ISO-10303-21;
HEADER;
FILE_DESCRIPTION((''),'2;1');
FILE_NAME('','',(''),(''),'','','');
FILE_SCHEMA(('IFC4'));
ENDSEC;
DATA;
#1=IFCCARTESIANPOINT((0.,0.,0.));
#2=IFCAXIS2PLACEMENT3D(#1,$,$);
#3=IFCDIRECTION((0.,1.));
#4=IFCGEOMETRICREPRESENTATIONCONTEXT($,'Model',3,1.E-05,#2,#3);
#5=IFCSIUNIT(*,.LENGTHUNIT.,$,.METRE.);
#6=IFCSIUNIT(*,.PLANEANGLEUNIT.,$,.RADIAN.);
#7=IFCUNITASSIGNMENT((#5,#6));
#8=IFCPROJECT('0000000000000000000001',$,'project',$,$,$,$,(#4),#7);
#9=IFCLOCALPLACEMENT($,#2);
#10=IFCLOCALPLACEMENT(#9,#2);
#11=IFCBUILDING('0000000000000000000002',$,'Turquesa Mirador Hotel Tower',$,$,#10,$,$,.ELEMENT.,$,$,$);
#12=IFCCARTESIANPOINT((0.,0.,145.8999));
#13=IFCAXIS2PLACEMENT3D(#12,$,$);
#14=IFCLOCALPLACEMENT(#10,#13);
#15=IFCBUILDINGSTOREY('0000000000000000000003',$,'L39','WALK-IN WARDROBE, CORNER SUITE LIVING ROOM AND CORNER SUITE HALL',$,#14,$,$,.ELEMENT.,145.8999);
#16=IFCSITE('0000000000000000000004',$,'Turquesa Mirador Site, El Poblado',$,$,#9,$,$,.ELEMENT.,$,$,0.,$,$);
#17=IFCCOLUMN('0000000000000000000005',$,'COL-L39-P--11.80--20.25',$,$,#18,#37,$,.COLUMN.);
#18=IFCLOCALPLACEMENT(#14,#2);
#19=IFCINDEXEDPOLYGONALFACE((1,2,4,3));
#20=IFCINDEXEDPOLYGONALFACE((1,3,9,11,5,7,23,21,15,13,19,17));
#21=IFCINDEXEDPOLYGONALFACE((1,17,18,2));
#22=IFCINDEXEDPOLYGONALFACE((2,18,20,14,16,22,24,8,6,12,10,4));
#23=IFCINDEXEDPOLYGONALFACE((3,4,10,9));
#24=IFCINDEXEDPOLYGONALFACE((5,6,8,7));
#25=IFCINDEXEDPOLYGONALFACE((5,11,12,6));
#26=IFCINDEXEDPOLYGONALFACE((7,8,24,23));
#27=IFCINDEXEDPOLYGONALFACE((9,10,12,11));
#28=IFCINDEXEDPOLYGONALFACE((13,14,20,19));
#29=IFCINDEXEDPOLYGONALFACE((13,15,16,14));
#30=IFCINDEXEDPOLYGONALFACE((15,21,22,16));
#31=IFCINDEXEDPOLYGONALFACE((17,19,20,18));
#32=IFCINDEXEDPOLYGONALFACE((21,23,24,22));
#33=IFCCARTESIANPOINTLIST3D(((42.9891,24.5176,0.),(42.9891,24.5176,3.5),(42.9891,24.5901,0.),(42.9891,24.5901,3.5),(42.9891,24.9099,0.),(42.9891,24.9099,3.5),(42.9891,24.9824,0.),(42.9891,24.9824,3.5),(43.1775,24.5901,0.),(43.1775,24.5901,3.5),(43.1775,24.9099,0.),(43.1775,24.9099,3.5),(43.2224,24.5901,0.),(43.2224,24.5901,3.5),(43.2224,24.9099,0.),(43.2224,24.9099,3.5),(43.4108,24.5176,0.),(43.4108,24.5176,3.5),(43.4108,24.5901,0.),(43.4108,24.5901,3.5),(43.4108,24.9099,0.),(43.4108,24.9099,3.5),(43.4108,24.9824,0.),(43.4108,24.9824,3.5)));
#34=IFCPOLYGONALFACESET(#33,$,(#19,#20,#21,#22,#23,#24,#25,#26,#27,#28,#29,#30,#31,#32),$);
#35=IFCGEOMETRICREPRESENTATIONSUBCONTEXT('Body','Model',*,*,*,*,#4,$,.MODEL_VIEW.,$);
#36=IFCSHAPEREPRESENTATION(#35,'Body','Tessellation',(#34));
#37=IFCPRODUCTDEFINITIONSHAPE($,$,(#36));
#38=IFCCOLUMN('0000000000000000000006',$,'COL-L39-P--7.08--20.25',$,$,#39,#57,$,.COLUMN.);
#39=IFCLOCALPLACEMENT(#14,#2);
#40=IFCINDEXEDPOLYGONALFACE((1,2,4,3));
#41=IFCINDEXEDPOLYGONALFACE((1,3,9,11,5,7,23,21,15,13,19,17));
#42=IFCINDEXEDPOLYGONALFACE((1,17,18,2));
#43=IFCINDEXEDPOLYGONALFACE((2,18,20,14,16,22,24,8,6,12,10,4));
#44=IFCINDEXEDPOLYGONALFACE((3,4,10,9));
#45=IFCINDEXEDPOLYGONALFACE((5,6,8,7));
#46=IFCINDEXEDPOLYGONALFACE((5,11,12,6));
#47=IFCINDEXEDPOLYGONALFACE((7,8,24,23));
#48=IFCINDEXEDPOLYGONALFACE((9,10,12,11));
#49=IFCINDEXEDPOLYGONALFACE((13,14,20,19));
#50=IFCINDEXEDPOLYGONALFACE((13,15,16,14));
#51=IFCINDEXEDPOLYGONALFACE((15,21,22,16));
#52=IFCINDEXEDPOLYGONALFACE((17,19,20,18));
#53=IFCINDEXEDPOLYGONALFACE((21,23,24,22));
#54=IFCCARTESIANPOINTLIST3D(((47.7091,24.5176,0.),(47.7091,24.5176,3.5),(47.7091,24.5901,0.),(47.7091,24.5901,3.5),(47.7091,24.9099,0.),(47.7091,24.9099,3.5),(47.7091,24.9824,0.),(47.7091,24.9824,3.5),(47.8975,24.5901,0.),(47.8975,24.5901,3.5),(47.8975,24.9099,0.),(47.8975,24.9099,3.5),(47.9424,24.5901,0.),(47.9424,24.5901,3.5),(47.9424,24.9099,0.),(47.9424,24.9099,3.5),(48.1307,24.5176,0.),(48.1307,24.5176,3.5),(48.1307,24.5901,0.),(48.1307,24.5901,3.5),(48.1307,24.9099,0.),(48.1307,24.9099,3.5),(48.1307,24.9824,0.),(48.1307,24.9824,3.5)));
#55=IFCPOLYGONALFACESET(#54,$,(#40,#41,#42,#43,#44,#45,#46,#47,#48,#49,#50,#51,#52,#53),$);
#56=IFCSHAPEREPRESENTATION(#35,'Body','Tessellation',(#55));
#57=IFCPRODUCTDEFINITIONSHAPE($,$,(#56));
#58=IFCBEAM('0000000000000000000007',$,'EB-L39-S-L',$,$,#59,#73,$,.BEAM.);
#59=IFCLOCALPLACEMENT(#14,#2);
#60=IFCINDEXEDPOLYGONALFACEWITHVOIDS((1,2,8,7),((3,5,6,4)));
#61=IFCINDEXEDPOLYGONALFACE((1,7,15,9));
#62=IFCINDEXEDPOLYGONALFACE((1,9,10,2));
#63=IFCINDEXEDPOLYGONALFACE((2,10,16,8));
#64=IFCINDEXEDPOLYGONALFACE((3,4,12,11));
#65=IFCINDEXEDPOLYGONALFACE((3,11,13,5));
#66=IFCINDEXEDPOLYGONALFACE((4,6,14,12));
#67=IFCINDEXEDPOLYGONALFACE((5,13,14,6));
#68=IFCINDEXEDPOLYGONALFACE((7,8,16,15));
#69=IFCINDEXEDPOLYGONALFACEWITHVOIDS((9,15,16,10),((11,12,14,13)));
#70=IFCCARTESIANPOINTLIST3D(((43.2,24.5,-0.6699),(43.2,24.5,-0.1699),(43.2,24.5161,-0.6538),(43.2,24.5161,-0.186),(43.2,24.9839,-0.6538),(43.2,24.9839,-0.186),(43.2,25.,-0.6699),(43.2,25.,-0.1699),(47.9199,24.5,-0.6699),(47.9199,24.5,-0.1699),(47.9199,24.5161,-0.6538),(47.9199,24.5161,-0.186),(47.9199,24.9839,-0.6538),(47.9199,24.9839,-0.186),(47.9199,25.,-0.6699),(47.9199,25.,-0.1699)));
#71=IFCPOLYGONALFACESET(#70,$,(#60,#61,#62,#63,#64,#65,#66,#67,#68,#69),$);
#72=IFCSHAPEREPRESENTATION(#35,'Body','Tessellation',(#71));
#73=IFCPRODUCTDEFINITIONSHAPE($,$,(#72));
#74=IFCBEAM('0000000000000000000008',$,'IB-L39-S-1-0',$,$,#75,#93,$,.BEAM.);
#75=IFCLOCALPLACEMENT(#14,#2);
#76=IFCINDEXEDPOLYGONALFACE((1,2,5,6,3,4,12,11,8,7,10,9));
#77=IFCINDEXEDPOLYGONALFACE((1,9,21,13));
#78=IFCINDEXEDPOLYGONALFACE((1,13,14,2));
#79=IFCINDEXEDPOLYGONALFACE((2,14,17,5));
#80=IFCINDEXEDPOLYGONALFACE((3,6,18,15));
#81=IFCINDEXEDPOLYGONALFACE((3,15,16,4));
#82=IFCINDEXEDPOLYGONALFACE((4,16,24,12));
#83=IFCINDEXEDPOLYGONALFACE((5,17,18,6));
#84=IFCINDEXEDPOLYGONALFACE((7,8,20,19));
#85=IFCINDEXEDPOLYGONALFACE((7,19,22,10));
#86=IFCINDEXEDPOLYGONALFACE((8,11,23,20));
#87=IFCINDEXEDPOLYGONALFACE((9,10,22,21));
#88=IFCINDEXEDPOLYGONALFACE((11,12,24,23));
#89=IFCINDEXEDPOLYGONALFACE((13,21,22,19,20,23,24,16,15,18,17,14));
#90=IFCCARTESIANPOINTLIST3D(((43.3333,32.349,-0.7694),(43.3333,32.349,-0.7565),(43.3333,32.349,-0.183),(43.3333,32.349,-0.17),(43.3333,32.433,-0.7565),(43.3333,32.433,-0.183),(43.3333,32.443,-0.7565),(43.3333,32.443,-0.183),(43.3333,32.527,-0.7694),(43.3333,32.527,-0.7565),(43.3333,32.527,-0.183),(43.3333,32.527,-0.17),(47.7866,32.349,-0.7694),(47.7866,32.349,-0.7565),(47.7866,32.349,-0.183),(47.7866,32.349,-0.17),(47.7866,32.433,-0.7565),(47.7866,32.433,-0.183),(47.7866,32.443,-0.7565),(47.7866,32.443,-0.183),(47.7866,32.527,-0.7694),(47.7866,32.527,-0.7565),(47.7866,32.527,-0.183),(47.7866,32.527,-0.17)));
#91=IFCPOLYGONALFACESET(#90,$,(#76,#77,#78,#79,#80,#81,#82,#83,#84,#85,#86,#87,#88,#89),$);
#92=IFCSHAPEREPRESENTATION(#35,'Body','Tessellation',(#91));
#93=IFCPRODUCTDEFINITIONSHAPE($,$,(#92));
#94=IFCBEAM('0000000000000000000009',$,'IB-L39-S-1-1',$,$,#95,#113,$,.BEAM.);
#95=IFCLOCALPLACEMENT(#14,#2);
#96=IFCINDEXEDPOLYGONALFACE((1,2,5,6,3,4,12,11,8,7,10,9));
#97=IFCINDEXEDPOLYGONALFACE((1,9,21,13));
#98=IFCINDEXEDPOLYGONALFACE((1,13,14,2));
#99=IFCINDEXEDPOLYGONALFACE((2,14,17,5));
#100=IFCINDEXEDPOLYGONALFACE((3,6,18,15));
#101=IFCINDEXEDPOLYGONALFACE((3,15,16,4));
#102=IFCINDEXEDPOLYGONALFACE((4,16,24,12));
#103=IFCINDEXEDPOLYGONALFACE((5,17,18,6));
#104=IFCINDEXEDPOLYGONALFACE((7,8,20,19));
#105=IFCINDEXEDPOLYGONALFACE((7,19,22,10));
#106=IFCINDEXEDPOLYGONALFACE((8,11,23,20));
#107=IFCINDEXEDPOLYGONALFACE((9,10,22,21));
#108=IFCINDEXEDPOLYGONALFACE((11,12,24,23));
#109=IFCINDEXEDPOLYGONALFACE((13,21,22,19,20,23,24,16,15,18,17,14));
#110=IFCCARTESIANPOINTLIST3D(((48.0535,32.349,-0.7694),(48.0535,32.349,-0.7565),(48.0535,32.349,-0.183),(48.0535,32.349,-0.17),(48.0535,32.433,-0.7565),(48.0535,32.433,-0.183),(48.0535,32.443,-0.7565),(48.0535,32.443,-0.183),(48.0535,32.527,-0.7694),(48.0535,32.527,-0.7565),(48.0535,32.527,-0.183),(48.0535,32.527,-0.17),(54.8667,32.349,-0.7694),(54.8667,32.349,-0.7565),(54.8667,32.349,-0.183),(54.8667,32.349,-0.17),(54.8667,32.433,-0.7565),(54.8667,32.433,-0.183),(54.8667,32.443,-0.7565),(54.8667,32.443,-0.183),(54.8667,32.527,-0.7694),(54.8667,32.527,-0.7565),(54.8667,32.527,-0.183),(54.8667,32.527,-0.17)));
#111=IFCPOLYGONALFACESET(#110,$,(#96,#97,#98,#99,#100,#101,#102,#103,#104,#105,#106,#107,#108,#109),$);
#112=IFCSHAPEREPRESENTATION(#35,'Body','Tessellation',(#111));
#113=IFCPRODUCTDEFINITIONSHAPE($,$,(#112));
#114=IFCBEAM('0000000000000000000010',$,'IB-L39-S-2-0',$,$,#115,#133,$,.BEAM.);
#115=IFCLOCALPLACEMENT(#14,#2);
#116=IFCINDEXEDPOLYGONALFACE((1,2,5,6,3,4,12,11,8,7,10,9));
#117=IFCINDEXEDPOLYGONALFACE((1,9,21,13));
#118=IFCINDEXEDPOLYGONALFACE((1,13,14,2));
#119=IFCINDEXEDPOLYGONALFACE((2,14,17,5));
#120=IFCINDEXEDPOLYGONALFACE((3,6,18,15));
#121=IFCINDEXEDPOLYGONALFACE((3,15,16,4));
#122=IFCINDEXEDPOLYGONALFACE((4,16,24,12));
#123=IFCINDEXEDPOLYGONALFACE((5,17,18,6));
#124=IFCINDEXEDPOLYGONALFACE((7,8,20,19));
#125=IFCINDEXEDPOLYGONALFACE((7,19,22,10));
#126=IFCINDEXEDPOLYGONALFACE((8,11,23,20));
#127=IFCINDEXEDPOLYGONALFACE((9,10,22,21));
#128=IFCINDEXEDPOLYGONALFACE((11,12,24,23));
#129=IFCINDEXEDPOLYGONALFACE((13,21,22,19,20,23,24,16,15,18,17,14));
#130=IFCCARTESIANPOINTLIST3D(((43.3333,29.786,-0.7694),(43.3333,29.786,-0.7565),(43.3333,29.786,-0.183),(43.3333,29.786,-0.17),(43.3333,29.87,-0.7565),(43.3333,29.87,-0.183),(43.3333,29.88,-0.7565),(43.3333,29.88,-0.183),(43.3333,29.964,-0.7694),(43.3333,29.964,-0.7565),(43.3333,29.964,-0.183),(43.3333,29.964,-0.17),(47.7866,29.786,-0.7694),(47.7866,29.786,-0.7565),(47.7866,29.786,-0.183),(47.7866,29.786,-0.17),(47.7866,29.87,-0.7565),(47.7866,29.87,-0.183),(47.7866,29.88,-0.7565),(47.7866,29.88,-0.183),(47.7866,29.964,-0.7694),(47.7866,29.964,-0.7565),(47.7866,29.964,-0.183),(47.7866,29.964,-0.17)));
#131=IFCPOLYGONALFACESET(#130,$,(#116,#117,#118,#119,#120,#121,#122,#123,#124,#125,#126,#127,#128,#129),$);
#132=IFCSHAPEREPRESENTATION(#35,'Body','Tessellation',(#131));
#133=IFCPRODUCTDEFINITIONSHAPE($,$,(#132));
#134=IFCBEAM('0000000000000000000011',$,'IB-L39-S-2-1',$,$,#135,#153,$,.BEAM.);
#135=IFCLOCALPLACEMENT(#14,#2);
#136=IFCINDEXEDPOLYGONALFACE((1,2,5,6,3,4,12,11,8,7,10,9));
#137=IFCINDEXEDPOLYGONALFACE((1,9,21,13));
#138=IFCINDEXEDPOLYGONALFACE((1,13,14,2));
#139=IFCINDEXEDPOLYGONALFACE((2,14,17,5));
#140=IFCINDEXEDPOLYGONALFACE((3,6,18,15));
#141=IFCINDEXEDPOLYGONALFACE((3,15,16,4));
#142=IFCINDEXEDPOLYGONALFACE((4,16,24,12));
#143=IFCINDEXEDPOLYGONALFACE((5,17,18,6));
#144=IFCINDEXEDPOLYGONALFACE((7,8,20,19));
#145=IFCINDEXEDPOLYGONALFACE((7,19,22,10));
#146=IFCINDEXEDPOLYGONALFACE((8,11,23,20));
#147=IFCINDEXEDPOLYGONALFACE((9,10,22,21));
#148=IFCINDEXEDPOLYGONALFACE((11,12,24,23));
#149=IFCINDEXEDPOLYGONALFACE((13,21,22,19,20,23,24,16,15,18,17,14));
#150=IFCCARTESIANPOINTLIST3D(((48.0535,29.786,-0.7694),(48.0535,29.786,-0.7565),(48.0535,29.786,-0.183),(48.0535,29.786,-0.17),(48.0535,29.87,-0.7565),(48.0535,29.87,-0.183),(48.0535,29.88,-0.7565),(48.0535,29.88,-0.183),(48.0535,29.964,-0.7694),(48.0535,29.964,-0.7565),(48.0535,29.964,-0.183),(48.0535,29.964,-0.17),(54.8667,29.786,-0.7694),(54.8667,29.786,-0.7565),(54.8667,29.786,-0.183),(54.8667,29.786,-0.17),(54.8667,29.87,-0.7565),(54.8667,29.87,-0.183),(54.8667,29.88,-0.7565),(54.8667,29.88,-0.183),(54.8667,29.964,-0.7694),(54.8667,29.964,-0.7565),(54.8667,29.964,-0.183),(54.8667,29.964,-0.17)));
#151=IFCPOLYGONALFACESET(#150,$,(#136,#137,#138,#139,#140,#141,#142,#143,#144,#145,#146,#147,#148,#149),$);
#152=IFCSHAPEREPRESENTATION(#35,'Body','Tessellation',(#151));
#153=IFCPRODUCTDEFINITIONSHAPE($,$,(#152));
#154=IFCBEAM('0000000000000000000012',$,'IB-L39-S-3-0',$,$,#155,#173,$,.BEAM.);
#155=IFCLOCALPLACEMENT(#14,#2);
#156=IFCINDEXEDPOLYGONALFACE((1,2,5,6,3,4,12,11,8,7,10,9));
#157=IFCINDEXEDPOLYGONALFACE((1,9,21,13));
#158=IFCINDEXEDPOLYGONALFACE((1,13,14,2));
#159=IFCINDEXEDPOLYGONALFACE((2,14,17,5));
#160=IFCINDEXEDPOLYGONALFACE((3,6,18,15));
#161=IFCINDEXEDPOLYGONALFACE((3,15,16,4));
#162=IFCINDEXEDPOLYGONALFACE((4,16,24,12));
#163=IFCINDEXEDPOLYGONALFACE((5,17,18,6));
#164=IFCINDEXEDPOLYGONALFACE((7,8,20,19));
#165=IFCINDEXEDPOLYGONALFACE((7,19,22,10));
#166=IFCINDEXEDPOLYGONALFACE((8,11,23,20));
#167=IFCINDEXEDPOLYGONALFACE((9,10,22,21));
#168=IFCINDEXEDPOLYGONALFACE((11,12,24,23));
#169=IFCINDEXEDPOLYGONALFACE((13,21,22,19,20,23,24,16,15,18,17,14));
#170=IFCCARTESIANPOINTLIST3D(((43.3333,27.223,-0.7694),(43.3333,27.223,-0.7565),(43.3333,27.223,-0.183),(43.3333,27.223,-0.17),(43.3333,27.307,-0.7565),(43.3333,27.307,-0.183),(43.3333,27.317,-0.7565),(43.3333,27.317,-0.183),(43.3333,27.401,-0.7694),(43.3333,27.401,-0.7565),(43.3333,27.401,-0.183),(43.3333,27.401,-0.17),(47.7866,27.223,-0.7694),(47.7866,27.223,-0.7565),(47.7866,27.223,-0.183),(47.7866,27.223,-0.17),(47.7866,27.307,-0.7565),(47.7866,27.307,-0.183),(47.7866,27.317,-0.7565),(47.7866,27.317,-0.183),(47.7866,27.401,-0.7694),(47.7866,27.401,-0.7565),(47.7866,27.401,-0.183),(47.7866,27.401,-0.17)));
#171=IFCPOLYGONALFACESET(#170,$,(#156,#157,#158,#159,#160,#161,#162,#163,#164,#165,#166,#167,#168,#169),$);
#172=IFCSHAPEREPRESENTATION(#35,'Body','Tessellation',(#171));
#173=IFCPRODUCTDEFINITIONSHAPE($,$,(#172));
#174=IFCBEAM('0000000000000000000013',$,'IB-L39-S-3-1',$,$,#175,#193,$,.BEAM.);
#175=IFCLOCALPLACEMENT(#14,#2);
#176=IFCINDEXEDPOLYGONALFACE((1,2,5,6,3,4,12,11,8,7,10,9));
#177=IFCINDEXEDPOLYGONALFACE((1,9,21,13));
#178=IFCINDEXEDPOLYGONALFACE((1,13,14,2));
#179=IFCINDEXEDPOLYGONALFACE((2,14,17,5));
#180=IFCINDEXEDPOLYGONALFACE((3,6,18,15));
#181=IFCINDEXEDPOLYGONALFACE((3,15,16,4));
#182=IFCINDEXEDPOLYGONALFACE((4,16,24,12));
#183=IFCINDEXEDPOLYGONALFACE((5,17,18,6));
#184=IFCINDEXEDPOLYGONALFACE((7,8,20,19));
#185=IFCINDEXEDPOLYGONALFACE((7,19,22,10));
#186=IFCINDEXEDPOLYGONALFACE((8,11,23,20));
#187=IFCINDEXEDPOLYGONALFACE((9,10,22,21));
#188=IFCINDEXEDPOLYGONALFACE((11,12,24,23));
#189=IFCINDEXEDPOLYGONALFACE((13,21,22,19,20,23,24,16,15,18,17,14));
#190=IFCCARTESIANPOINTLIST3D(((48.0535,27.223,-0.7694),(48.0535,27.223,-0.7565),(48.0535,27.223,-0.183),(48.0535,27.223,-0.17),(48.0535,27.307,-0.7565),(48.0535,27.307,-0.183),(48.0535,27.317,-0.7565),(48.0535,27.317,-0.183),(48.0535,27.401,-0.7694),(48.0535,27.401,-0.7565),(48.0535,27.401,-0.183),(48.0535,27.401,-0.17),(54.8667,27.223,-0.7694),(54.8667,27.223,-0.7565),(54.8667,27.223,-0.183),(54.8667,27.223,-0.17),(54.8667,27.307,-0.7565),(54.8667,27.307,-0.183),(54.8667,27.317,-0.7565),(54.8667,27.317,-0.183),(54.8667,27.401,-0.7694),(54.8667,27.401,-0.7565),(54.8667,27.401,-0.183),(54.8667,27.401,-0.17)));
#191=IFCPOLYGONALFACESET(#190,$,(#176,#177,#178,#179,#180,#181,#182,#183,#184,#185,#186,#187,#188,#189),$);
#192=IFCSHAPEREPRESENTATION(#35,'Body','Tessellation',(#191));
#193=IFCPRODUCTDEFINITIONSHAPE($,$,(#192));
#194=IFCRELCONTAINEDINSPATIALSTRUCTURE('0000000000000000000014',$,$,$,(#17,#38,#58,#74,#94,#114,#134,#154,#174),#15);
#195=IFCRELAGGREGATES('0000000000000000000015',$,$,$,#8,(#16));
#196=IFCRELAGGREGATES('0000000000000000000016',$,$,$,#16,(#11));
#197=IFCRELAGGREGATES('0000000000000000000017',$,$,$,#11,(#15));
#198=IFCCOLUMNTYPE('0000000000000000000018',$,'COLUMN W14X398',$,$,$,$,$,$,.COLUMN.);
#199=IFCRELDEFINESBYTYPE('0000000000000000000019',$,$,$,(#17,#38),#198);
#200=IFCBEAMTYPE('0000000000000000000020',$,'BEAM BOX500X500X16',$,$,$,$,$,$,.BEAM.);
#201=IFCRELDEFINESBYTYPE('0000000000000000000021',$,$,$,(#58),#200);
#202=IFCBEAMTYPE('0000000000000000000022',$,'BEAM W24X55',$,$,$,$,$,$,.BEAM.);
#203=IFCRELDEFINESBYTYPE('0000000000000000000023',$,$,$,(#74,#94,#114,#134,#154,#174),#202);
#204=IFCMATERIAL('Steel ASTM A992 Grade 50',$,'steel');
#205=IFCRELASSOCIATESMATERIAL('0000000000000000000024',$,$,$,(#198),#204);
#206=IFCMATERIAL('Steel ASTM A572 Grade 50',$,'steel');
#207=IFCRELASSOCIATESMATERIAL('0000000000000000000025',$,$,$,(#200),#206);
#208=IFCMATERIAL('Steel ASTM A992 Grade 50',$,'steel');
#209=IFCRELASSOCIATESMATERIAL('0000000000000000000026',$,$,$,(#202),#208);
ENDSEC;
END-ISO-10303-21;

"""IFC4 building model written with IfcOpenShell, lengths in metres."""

from ifc_helpers import new_model, si_unit, direction, frame, origin, origin_2d, place, context, subcontext, project, spatial, hollow_rectangle, i_section, extrude, material, material_profile, profile_set, type_object, element, save


model = new_model("IFC4")

# Units and contexts
model_context = context("Model", 3, precision=1e-05, world=origin(), true_north=direction((0.0, 1.0)))
body_context = subcontext(model_context, "Body", "Model", "MODEL_VIEW")
ifc_project = project(units=[si_unit("LENGTHUNIT", "METRE"), si_unit("PLANEANGLEUNIT", "RADIAN")], contexts=[model_context])

# Site, building, storey
site_placement = place(None, origin())
site = spatial("IfcSite", under=ifc_project, at=site_placement, Name="Turquesa Mirador Site, El Poblado", CompositionType="ELEMENT", RefElevation=0.0)
building_placement = place(site_placement, origin())
building = spatial("IfcBuilding", under=site, at=building_placement, Name="Turquesa Mirador Hotel Tower", CompositionType="ELEMENT")
storey_placement = place(building_placement, frame((0.0, 0.0, 145.8999)))
storey = spatial("IfcBuildingStorey", under=building, at=storey_placement, Name="L39", Description="WALK-IN WARDROBE, CORNER SUITE LIVING ROOM AND CORNER SUITE HALL", CompositionType="ELEMENT", Elevation=145.8999)

# Columns
ifc_material_1 = material(Name="Steel ASTM A992 Grade 50", Category="steel")
ifc_material_profile_1 = material_profile(ifc_material_1, i_section(OverallWidth=0.4216, OverallDepth=0.4648, WebThickness=0.0449, FlangeThickness=0.0725, at=origin_2d()), Name="W14X398")
ifc_profile_set_1 = profile_set([ifc_material_profile_1], Name="Steel ASTM A992 Grade 50")
column_type = type_object("IfcColumnType", Name="COLUMN W14X398", PredefinedType="COLUMN", material=ifc_profile_set_1)
for number, where, z_axis, x_axis, name in (
    (1, (43.2, 24.75, 0.0), (0.0, 0.0, 1.0), (1.0, 0.0, 0.0), "COL-L39-P--11.80--20.25"),
    (2, (47.9199, 24.75, 0.0), (0.0, 0.0, 1.0), (1.0, 0.0, 0.0), "COL-L39-P--7.08--20.25"),
):
    element("IfcColumn", number, at=place(storey_placement, frame(where, z_axis=z_axis, x_axis=x_axis)), inside=storey, type_object=column_type, Name=name, PredefinedType="COLUMN", context=body_context, shape_type="SweptSolid", body=[
        extrude(i_section(OverallWidth=0.4216, OverallDepth=0.4648, WebThickness=0.0449, FlangeThickness=0.0725, at=origin_2d()), origin(), (0.0, 0.0, 1.0), 3.5),
    ])

# Beams
ifc_material_2 = material(Name="Steel ASTM A572 Grade 50", Category="steel")
ifc_material_profile_2 = material_profile(ifc_material_2, hollow_rectangle(XDim=0.5, YDim=0.5, WallThickness=0.0161, at=origin_2d()), Name="BOX500X500X16")
ifc_profile_set_2 = profile_set([ifc_material_profile_2], Name="Steel ASTM A572 Grade 50")
beam_type_1 = type_object("IfcBeamType", Name="BEAM BOX500X500X16", PredefinedType="BEAM", material=ifc_profile_set_2)
beam_1_placement = place(storey_placement, frame((43.2, 24.75, -0.4199), z_axis=(1.0, 0.0, 0.0), x_axis=(0.0, 1.0, 0.0)))
element("IfcBeam", 3, at=beam_1_placement, inside=storey, type_object=beam_type_1, Name="EB-L39-S-L", PredefinedType="BEAM", context=body_context, shape_type="SweptSolid", body=[
    extrude(hollow_rectangle(XDim=0.5, YDim=0.5, WallThickness=0.0161, at=origin_2d()), origin(), (0.0, 0.0, 1.0), 4.72),
])
ifc_material_3 = material(Name="Steel ASTM A992 Grade 50", Category="steel")
ifc_material_profile_3 = material_profile(ifc_material_3, i_section(OverallWidth=0.178, OverallDepth=0.5994, WebThickness=0.01, FlangeThickness=0.0129, at=origin_2d()), Name="W24X55")
ifc_profile_set_3 = profile_set([ifc_material_profile_3], Name="Steel ASTM A992 Grade 50")
beam_type_2 = type_object("IfcBeamType", Name="BEAM W24X55", PredefinedType="BEAM", material=ifc_profile_set_3)
beam_2_placement = place(storey_placement, frame((43.3333, 32.438, -0.4697), z_axis=(1.0, 0.0, 0.0), x_axis=(0.0, 1.0, 0.0)))
element("IfcBeam", 4, at=beam_2_placement, inside=storey, type_object=beam_type_2, Name="IB-L39-S-1-0", PredefinedType="BEAM", context=body_context, shape_type="SweptSolid", body=[
    extrude(i_section(OverallWidth=0.178, OverallDepth=0.5994, WebThickness=0.01, FlangeThickness=0.0129, at=origin_2d()), origin(), (0.0, 0.0, 1.0), 4.4534),
])
beam_3_placement = place(storey_placement, frame((48.0535, 32.438, -0.4697), z_axis=(1.0, 0.0, 0.0), x_axis=(0.0, 1.0, 0.0)))
element("IfcBeam", 5, at=beam_3_placement, inside=storey, type_object=beam_type_2, Name="IB-L39-S-1-1", PredefinedType="BEAM", context=body_context, shape_type="SweptSolid", body=[
    extrude(i_section(OverallWidth=0.178, OverallDepth=0.5994, WebThickness=0.01, FlangeThickness=0.0129, at=origin_2d()), origin(), (0.0, 0.0, 1.0), 6.8132),
])
beam_4_placement = place(storey_placement, frame((43.3333, 29.875, -0.4697), z_axis=(1.0, 0.0, 0.0), x_axis=(0.0, 1.0, 0.0)))
element("IfcBeam", 6, at=beam_4_placement, inside=storey, type_object=beam_type_2, Name="IB-L39-S-2-0", PredefinedType="BEAM", context=body_context, shape_type="SweptSolid", body=[
    extrude(i_section(OverallWidth=0.178, OverallDepth=0.5994, WebThickness=0.01, FlangeThickness=0.0129, at=origin_2d()), origin(), (0.0, 0.0, 1.0), 4.4534),
])
beam_5_placement = place(storey_placement, frame((48.0535, 29.875, -0.4697), z_axis=(1.0, 0.0, 0.0), x_axis=(0.0, 1.0, 0.0)))
element("IfcBeam", 7, at=beam_5_placement, inside=storey, type_object=beam_type_2, Name="IB-L39-S-2-1", PredefinedType="BEAM", context=body_context, shape_type="SweptSolid", body=[
    extrude(i_section(OverallWidth=0.178, OverallDepth=0.5994, WebThickness=0.01, FlangeThickness=0.0129, at=origin_2d()), origin(), (0.0, 0.0, 1.0), 6.8132),
])
beam_6_placement = place(storey_placement, frame((43.3333, 27.312, -0.4697), z_axis=(1.0, 0.0, 0.0), x_axis=(0.0, 1.0, 0.0)))
element("IfcBeam", 8, at=beam_6_placement, inside=storey, type_object=beam_type_2, Name="IB-L39-S-3-0", PredefinedType="BEAM", context=body_context, shape_type="SweptSolid", body=[
    extrude(i_section(OverallWidth=0.178, OverallDepth=0.5994, WebThickness=0.01, FlangeThickness=0.0129, at=origin_2d()), origin(), (0.0, 0.0, 1.0), 4.4534),
])
beam_7_placement = place(storey_placement, frame((48.0535, 27.312, -0.4697), z_axis=(1.0, 0.0, 0.0), x_axis=(0.0, 1.0, 0.0)))
element("IfcBeam", 9, at=beam_7_placement, inside=storey, type_object=beam_type_2, Name="IB-L39-S-3-1", PredefinedType="BEAM", context=body_context, shape_type="SweptSolid", body=[
    extrude(i_section(OverallWidth=0.178, OverallDepth=0.5994, WebThickness=0.01, FlangeThickness=0.0129, at=origin_2d()), origin(), (0.0, 0.0, 1.0), 6.8132),
])

save(model, "model.ifc")
